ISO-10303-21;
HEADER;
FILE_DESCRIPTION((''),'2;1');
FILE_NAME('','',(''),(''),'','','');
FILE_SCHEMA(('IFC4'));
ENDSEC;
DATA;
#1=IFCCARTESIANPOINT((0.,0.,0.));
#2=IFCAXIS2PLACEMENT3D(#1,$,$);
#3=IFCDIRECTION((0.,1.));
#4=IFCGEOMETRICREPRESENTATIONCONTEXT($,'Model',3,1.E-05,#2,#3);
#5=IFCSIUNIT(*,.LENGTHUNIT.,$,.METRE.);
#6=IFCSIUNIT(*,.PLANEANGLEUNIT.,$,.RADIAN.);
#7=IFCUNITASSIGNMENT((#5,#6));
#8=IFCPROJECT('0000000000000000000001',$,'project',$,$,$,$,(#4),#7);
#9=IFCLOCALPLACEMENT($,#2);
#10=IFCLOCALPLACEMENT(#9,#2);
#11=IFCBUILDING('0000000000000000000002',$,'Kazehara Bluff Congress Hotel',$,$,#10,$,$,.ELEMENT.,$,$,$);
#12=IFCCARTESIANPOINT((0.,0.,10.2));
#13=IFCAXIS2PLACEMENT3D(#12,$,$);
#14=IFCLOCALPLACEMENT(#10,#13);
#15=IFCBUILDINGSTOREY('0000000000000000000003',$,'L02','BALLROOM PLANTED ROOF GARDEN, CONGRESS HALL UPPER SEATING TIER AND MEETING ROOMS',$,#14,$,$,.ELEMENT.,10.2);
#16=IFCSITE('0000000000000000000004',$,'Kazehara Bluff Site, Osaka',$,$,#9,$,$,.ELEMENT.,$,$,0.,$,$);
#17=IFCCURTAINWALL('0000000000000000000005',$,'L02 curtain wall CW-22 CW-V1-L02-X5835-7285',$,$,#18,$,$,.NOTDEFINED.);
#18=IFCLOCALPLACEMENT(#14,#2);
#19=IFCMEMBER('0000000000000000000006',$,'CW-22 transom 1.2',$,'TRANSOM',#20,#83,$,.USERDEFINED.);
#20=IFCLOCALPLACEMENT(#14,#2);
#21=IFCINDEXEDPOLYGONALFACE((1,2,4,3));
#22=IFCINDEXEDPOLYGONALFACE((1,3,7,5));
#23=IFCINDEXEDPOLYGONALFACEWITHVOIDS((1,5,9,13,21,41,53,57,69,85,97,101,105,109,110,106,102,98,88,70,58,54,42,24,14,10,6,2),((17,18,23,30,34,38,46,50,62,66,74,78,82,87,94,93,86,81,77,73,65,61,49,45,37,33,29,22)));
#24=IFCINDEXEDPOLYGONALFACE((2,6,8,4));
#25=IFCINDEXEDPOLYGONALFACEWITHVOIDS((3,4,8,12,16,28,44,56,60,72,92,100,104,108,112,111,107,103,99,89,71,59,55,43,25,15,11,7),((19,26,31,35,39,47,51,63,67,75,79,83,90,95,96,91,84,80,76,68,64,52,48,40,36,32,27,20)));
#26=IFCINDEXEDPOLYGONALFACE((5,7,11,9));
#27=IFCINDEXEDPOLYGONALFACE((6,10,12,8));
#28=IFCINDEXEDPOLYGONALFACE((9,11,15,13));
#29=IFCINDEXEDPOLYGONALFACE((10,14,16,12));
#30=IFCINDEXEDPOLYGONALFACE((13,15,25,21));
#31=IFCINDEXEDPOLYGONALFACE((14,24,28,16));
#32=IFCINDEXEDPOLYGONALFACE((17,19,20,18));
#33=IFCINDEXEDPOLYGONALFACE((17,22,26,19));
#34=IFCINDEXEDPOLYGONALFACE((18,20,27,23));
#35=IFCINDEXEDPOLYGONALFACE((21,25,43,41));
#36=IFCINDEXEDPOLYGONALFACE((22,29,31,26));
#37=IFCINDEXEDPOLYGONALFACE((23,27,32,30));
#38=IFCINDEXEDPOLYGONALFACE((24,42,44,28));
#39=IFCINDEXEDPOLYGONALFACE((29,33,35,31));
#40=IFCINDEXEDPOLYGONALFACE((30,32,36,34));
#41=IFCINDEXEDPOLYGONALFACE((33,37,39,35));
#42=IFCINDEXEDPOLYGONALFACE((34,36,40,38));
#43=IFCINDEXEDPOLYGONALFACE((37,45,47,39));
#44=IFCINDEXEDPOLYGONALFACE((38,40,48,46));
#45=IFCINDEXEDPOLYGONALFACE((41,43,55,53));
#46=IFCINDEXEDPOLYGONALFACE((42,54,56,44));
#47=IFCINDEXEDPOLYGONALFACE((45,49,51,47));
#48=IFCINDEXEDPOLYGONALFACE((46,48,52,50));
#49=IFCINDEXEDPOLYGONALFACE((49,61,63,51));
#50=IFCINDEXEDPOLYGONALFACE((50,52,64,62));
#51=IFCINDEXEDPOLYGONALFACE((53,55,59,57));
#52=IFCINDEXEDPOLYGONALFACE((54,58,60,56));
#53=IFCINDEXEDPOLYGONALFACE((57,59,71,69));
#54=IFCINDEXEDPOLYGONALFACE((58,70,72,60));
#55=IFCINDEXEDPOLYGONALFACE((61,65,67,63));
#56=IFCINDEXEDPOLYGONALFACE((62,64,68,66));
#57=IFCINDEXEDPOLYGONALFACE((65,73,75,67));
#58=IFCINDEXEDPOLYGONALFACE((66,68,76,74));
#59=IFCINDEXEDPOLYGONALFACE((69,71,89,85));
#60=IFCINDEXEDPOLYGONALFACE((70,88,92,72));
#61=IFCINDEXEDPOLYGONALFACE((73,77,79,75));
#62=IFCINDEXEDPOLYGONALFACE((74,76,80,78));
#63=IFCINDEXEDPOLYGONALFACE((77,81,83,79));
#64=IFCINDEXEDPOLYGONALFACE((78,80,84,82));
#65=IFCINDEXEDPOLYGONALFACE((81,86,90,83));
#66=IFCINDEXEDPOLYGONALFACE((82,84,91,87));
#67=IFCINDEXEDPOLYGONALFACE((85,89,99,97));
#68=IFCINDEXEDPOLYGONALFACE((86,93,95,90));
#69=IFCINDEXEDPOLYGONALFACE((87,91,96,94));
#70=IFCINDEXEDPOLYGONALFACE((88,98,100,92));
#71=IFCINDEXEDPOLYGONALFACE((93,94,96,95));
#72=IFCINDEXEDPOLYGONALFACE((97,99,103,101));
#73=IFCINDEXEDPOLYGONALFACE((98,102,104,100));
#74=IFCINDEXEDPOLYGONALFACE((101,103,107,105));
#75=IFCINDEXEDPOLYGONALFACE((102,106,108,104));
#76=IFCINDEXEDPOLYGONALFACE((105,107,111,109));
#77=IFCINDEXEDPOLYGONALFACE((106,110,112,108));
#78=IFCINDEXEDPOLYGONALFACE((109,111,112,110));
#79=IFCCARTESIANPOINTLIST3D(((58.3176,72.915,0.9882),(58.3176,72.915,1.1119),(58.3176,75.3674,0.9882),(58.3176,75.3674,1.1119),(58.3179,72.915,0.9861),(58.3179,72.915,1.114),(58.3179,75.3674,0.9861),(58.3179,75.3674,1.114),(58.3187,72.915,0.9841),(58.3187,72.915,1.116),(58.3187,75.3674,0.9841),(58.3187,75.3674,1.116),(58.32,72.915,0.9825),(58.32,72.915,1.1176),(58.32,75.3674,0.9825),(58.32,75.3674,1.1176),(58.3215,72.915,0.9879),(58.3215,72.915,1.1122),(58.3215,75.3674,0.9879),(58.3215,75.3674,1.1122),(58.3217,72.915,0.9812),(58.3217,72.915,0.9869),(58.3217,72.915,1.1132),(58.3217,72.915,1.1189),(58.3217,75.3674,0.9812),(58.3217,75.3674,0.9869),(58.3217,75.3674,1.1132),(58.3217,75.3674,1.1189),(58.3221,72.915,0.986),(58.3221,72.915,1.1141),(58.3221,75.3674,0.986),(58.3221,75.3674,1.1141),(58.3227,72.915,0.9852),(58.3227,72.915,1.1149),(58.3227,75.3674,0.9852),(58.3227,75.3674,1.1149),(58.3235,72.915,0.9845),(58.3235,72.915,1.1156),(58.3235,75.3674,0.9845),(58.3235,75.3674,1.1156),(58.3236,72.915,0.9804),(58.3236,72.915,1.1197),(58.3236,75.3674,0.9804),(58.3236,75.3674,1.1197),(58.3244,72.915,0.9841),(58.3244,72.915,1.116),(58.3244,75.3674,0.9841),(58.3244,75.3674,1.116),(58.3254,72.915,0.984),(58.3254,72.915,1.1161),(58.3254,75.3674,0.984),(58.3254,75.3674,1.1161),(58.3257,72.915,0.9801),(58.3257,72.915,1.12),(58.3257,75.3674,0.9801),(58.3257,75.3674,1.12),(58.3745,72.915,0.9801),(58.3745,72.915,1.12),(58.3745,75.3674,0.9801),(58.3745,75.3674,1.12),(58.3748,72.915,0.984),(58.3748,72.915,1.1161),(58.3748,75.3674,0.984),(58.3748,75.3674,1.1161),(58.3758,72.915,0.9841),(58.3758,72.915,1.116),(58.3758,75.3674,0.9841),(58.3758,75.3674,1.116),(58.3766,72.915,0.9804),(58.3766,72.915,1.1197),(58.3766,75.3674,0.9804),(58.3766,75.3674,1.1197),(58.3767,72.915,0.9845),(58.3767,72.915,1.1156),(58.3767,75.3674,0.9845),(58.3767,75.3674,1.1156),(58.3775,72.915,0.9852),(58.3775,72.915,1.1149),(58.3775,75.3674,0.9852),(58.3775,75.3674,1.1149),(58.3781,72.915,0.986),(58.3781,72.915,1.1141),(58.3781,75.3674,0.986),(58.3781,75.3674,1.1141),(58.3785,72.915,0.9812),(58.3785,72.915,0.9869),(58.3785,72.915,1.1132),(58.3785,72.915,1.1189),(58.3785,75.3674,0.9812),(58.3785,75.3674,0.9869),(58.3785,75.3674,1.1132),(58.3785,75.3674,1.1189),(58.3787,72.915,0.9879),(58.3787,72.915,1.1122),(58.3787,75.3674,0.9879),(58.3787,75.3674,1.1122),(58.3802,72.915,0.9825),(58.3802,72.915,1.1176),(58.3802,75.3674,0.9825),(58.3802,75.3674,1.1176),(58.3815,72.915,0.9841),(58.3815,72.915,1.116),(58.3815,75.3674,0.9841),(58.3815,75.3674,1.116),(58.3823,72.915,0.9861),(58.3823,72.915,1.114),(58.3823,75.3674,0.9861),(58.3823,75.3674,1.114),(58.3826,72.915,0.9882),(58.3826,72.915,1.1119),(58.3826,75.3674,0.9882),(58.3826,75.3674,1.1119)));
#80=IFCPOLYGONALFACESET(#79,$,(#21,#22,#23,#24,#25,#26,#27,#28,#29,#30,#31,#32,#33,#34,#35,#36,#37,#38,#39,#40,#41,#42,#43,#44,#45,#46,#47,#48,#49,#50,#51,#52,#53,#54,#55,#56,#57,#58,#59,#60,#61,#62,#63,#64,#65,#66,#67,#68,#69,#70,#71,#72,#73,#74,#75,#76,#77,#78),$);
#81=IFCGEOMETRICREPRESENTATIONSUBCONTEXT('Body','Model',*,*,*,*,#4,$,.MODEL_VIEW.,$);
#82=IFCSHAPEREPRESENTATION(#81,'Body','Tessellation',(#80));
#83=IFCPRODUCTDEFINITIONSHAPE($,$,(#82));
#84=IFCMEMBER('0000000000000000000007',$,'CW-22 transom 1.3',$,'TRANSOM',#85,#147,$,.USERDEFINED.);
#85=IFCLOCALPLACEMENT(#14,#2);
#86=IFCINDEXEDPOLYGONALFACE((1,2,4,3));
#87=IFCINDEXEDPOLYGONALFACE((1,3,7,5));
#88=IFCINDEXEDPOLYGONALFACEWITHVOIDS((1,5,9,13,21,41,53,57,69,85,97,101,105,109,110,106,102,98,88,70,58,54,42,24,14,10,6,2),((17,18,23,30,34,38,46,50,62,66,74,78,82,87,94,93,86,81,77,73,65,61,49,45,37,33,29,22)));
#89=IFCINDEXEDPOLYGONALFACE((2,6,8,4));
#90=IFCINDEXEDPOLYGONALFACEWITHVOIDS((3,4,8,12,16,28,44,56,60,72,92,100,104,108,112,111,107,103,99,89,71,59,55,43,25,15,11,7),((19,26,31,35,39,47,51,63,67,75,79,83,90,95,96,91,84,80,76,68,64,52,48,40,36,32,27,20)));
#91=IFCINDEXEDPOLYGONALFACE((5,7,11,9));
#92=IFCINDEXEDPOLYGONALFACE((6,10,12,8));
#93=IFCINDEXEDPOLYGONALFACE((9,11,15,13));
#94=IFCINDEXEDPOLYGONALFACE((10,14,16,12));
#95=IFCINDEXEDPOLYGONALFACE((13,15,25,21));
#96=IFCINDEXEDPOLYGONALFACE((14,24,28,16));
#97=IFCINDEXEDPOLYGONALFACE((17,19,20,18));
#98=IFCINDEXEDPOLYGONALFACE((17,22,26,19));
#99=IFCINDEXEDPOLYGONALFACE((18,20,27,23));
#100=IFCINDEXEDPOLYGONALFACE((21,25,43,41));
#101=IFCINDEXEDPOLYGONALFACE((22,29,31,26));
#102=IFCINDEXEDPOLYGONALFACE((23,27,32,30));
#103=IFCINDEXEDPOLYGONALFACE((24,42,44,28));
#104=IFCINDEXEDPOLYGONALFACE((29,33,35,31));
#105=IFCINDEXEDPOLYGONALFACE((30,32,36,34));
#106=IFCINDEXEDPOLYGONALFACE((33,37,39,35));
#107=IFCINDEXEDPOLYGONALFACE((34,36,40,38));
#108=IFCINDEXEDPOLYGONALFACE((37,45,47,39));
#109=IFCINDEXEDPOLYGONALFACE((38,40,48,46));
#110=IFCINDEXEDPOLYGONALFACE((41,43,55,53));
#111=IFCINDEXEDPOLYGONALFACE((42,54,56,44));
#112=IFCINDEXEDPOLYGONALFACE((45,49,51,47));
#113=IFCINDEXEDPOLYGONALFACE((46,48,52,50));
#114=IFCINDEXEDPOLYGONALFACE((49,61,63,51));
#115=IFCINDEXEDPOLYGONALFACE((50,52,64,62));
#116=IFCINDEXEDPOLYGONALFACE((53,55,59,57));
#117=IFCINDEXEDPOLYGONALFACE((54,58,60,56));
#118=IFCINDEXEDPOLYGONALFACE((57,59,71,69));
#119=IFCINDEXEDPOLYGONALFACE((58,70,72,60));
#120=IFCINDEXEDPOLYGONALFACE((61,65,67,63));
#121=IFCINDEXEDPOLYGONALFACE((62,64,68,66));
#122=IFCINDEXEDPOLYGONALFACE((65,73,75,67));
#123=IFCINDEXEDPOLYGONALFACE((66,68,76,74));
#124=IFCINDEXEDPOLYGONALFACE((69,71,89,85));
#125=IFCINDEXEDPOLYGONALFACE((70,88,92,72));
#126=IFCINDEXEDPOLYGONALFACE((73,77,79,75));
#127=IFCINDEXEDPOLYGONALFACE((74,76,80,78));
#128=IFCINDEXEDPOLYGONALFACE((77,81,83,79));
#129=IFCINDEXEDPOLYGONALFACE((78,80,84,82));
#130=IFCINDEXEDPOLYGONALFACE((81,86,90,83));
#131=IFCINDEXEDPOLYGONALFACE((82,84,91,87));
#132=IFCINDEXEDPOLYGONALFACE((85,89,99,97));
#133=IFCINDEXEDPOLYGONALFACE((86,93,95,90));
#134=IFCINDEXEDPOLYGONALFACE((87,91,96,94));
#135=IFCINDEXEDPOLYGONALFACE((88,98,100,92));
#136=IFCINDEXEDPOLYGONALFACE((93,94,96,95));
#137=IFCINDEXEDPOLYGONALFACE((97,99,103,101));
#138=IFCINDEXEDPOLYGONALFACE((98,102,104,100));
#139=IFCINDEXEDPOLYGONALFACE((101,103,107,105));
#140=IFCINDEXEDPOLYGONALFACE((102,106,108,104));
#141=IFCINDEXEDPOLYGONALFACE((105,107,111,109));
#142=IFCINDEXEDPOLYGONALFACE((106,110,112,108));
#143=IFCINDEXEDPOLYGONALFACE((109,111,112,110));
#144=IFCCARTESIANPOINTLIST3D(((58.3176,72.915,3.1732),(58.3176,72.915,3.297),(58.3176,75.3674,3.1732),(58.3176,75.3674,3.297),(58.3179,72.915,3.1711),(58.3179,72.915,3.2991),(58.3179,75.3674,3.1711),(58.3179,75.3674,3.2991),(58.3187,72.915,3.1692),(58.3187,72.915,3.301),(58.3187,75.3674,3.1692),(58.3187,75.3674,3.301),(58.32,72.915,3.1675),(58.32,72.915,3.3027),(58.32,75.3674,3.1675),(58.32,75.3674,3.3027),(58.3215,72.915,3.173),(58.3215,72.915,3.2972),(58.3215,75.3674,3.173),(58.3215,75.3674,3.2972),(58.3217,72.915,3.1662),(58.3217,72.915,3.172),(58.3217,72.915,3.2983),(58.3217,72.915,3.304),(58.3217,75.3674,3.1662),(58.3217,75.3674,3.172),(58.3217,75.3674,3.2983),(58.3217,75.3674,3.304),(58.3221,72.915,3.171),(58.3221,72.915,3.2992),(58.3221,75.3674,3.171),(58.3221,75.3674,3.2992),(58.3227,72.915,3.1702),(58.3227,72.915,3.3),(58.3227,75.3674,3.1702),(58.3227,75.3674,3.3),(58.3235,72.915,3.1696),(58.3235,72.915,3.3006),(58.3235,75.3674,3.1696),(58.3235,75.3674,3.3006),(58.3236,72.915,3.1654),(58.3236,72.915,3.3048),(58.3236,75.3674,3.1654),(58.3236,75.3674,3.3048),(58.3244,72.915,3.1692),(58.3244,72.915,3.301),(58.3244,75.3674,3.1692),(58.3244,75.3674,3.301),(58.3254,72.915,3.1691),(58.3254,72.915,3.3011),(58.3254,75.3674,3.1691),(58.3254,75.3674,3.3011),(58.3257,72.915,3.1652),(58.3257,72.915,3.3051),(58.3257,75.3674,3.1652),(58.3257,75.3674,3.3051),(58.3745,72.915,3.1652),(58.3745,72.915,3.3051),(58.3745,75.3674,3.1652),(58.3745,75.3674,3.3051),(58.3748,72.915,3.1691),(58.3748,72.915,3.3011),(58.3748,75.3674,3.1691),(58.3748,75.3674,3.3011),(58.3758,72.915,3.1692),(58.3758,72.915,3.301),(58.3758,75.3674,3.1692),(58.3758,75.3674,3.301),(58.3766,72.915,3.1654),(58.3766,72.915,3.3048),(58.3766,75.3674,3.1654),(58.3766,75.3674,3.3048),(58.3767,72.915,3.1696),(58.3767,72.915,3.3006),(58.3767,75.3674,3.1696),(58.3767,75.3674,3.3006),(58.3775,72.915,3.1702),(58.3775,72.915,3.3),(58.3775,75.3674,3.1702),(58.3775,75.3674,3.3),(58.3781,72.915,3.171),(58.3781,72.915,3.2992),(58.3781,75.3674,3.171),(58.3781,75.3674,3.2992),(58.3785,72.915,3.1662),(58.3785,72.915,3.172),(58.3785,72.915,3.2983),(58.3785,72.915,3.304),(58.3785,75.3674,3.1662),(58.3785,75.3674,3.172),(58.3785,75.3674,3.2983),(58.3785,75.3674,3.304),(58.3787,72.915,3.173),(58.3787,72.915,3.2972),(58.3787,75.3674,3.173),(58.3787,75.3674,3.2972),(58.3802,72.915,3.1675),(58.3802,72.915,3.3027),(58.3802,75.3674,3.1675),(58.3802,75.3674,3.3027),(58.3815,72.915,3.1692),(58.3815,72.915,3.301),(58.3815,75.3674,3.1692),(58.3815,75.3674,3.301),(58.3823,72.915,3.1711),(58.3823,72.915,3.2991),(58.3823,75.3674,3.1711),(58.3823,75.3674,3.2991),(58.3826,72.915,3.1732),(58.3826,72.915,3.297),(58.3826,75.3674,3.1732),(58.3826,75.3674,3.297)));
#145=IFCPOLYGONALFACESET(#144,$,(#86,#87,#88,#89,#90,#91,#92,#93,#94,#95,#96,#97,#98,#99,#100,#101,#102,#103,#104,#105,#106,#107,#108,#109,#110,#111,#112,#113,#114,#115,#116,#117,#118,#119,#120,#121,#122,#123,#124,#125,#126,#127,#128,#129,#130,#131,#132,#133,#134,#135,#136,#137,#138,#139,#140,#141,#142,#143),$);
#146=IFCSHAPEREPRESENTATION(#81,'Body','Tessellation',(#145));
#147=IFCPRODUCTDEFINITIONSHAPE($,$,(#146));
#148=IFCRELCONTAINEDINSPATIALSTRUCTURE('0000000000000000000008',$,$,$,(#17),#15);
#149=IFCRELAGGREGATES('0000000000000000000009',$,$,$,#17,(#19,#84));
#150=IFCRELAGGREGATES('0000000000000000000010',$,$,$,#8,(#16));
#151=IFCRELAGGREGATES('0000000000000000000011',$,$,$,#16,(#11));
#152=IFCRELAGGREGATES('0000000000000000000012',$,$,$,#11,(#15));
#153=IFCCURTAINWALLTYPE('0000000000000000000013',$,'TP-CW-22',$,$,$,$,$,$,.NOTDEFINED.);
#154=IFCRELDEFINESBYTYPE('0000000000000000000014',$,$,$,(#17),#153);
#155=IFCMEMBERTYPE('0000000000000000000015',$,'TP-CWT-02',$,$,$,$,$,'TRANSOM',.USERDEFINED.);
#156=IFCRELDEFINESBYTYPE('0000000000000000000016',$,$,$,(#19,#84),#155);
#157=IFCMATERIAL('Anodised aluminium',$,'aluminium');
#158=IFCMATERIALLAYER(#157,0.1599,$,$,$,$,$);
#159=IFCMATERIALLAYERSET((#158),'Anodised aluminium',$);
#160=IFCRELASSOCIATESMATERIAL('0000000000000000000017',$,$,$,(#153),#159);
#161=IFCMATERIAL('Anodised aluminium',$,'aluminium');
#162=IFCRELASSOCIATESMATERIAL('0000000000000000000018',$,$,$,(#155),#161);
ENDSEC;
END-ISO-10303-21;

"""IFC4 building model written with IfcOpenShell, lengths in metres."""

from ifc_helpers import new_model, si_unit, direction, frame, origin, origin_2d, place, context, subcontext, project, spatial, hollow_rectangle, extrude, material, layer, layer_set, material_profile, profile_set, type_object, element, aggregate, save


model = new_model("IFC4")

# Units and contexts
model_context = context("Model", 3, precision=1e-05, world=origin(), true_north=direction((0.0, 1.0)))
body_context = subcontext(model_context, "Body", "Model", "MODEL_VIEW")
ifc_project = project(units=[si_unit("LENGTHUNIT", "METRE"), si_unit("PLANEANGLEUNIT", "RADIAN")], contexts=[model_context])

# Site, building, storey
site_placement = place(None, origin())
site = spatial("IfcSite", under=ifc_project, at=site_placement, Name="Kazehara Bluff Site, Osaka", CompositionType="ELEMENT", RefElevation=0.0)
building_placement = place(site_placement, origin())
building = spatial("IfcBuilding", under=site, at=building_placement, Name="Kazehara Bluff Congress Hotel", CompositionType="ELEMENT")
storey_placement = place(building_placement, frame((0.0, 0.0, 10.2)))
storey = spatial("IfcBuildingStorey", under=building, at=storey_placement, Name="L02", Description="BALLROOM PLANTED ROOF GARDEN, CONGRESS HALL UPPER SEATING TIER AND MEETING ROOMS", CompositionType="ELEMENT", Elevation=10.2)

# Curtain wall
ifc_material_1 = material(Name="Anodised aluminium", Category="aluminium")
ifc_layer_1 = layer(ifc_material_1, 0.1599)
ifc_layer_set_1 = layer_set([ifc_layer_1], Name="Anodised aluminium")
curtain_wall_type_1 = type_object("IfcCurtainWallType", Name="TP-CW-22", PredefinedType="NOTDEFINED", material=ifc_layer_set_1)
curtain_wall_1_placement = place(storey_placement, origin())
curtain_wall_1 = element("IfcCurtainWall", 1, at=curtain_wall_1_placement, inside=storey, type_object=curtain_wall_type_1, Name="L02 curtain wall CW-22 CW-V1-L02-X5835-7285", PredefinedType="NOTDEFINED")

# Members
ifc_material_2 = material(Name="Anodised aluminium", Category="aluminium")
ifc_material_profile_1 = material_profile(ifc_material_2, hollow_rectangle(XDim=0.0649, YDim=0.1399, WallThickness=0.0039, InnerFilletRadius=0.0039, OuterFilletRadius=0.0081, at=origin_2d()))
ifc_profile_set_1 = profile_set([ifc_material_profile_1], Name="Anodised aluminium")
member_type_1 = type_object("IfcMemberType", Name="TP-CWT-02", ElementType="TRANSOM", PredefinedType="USERDEFINED", material=ifc_profile_set_1)
member_1_placement = place(storey_placement, frame((58.3501, 72.915, 1.05), z_axis=(0.0, 1.0, 0.0), x_axis=(-1.0, 0.0, 0.0)))
member_1 = element("IfcMember", 2, at=member_1_placement, type_object=member_type_1, Name="CW-22 transom 1.2", ObjectType="TRANSOM", PredefinedType="USERDEFINED", context=body_context, shape_type="SweptSolid", body=[
    extrude(hollow_rectangle(XDim=0.0649, YDim=0.1399, WallThickness=0.0039, InnerFilletRadius=0.0039, OuterFilletRadius=0.0081, at=origin_2d()), origin(), (0.0, 0.0, 1.0), 2.4524),
])
member_2_placement = place(storey_placement, frame((58.3501, 72.915, 3.2351), z_axis=(0.0, 1.0, 0.0), x_axis=(-1.0, 0.0, 0.0)))
member_2 = element("IfcMember", 3, at=member_2_placement, type_object=member_type_1, Name="CW-22 transom 1.3", ObjectType="TRANSOM", PredefinedType="USERDEFINED", context=body_context, shape_type="SweptSolid", body=[
    extrude(hollow_rectangle(XDim=0.0649, YDim=0.1399, WallThickness=0.0039, InnerFilletRadius=0.0039, OuterFilletRadius=0.0081, at=origin_2d()), origin(), (0.0, 0.0, 1.0), 2.4524),
])

aggregate(curtain_wall_1, [member_1, member_2])

save(model, "model.ifc")
